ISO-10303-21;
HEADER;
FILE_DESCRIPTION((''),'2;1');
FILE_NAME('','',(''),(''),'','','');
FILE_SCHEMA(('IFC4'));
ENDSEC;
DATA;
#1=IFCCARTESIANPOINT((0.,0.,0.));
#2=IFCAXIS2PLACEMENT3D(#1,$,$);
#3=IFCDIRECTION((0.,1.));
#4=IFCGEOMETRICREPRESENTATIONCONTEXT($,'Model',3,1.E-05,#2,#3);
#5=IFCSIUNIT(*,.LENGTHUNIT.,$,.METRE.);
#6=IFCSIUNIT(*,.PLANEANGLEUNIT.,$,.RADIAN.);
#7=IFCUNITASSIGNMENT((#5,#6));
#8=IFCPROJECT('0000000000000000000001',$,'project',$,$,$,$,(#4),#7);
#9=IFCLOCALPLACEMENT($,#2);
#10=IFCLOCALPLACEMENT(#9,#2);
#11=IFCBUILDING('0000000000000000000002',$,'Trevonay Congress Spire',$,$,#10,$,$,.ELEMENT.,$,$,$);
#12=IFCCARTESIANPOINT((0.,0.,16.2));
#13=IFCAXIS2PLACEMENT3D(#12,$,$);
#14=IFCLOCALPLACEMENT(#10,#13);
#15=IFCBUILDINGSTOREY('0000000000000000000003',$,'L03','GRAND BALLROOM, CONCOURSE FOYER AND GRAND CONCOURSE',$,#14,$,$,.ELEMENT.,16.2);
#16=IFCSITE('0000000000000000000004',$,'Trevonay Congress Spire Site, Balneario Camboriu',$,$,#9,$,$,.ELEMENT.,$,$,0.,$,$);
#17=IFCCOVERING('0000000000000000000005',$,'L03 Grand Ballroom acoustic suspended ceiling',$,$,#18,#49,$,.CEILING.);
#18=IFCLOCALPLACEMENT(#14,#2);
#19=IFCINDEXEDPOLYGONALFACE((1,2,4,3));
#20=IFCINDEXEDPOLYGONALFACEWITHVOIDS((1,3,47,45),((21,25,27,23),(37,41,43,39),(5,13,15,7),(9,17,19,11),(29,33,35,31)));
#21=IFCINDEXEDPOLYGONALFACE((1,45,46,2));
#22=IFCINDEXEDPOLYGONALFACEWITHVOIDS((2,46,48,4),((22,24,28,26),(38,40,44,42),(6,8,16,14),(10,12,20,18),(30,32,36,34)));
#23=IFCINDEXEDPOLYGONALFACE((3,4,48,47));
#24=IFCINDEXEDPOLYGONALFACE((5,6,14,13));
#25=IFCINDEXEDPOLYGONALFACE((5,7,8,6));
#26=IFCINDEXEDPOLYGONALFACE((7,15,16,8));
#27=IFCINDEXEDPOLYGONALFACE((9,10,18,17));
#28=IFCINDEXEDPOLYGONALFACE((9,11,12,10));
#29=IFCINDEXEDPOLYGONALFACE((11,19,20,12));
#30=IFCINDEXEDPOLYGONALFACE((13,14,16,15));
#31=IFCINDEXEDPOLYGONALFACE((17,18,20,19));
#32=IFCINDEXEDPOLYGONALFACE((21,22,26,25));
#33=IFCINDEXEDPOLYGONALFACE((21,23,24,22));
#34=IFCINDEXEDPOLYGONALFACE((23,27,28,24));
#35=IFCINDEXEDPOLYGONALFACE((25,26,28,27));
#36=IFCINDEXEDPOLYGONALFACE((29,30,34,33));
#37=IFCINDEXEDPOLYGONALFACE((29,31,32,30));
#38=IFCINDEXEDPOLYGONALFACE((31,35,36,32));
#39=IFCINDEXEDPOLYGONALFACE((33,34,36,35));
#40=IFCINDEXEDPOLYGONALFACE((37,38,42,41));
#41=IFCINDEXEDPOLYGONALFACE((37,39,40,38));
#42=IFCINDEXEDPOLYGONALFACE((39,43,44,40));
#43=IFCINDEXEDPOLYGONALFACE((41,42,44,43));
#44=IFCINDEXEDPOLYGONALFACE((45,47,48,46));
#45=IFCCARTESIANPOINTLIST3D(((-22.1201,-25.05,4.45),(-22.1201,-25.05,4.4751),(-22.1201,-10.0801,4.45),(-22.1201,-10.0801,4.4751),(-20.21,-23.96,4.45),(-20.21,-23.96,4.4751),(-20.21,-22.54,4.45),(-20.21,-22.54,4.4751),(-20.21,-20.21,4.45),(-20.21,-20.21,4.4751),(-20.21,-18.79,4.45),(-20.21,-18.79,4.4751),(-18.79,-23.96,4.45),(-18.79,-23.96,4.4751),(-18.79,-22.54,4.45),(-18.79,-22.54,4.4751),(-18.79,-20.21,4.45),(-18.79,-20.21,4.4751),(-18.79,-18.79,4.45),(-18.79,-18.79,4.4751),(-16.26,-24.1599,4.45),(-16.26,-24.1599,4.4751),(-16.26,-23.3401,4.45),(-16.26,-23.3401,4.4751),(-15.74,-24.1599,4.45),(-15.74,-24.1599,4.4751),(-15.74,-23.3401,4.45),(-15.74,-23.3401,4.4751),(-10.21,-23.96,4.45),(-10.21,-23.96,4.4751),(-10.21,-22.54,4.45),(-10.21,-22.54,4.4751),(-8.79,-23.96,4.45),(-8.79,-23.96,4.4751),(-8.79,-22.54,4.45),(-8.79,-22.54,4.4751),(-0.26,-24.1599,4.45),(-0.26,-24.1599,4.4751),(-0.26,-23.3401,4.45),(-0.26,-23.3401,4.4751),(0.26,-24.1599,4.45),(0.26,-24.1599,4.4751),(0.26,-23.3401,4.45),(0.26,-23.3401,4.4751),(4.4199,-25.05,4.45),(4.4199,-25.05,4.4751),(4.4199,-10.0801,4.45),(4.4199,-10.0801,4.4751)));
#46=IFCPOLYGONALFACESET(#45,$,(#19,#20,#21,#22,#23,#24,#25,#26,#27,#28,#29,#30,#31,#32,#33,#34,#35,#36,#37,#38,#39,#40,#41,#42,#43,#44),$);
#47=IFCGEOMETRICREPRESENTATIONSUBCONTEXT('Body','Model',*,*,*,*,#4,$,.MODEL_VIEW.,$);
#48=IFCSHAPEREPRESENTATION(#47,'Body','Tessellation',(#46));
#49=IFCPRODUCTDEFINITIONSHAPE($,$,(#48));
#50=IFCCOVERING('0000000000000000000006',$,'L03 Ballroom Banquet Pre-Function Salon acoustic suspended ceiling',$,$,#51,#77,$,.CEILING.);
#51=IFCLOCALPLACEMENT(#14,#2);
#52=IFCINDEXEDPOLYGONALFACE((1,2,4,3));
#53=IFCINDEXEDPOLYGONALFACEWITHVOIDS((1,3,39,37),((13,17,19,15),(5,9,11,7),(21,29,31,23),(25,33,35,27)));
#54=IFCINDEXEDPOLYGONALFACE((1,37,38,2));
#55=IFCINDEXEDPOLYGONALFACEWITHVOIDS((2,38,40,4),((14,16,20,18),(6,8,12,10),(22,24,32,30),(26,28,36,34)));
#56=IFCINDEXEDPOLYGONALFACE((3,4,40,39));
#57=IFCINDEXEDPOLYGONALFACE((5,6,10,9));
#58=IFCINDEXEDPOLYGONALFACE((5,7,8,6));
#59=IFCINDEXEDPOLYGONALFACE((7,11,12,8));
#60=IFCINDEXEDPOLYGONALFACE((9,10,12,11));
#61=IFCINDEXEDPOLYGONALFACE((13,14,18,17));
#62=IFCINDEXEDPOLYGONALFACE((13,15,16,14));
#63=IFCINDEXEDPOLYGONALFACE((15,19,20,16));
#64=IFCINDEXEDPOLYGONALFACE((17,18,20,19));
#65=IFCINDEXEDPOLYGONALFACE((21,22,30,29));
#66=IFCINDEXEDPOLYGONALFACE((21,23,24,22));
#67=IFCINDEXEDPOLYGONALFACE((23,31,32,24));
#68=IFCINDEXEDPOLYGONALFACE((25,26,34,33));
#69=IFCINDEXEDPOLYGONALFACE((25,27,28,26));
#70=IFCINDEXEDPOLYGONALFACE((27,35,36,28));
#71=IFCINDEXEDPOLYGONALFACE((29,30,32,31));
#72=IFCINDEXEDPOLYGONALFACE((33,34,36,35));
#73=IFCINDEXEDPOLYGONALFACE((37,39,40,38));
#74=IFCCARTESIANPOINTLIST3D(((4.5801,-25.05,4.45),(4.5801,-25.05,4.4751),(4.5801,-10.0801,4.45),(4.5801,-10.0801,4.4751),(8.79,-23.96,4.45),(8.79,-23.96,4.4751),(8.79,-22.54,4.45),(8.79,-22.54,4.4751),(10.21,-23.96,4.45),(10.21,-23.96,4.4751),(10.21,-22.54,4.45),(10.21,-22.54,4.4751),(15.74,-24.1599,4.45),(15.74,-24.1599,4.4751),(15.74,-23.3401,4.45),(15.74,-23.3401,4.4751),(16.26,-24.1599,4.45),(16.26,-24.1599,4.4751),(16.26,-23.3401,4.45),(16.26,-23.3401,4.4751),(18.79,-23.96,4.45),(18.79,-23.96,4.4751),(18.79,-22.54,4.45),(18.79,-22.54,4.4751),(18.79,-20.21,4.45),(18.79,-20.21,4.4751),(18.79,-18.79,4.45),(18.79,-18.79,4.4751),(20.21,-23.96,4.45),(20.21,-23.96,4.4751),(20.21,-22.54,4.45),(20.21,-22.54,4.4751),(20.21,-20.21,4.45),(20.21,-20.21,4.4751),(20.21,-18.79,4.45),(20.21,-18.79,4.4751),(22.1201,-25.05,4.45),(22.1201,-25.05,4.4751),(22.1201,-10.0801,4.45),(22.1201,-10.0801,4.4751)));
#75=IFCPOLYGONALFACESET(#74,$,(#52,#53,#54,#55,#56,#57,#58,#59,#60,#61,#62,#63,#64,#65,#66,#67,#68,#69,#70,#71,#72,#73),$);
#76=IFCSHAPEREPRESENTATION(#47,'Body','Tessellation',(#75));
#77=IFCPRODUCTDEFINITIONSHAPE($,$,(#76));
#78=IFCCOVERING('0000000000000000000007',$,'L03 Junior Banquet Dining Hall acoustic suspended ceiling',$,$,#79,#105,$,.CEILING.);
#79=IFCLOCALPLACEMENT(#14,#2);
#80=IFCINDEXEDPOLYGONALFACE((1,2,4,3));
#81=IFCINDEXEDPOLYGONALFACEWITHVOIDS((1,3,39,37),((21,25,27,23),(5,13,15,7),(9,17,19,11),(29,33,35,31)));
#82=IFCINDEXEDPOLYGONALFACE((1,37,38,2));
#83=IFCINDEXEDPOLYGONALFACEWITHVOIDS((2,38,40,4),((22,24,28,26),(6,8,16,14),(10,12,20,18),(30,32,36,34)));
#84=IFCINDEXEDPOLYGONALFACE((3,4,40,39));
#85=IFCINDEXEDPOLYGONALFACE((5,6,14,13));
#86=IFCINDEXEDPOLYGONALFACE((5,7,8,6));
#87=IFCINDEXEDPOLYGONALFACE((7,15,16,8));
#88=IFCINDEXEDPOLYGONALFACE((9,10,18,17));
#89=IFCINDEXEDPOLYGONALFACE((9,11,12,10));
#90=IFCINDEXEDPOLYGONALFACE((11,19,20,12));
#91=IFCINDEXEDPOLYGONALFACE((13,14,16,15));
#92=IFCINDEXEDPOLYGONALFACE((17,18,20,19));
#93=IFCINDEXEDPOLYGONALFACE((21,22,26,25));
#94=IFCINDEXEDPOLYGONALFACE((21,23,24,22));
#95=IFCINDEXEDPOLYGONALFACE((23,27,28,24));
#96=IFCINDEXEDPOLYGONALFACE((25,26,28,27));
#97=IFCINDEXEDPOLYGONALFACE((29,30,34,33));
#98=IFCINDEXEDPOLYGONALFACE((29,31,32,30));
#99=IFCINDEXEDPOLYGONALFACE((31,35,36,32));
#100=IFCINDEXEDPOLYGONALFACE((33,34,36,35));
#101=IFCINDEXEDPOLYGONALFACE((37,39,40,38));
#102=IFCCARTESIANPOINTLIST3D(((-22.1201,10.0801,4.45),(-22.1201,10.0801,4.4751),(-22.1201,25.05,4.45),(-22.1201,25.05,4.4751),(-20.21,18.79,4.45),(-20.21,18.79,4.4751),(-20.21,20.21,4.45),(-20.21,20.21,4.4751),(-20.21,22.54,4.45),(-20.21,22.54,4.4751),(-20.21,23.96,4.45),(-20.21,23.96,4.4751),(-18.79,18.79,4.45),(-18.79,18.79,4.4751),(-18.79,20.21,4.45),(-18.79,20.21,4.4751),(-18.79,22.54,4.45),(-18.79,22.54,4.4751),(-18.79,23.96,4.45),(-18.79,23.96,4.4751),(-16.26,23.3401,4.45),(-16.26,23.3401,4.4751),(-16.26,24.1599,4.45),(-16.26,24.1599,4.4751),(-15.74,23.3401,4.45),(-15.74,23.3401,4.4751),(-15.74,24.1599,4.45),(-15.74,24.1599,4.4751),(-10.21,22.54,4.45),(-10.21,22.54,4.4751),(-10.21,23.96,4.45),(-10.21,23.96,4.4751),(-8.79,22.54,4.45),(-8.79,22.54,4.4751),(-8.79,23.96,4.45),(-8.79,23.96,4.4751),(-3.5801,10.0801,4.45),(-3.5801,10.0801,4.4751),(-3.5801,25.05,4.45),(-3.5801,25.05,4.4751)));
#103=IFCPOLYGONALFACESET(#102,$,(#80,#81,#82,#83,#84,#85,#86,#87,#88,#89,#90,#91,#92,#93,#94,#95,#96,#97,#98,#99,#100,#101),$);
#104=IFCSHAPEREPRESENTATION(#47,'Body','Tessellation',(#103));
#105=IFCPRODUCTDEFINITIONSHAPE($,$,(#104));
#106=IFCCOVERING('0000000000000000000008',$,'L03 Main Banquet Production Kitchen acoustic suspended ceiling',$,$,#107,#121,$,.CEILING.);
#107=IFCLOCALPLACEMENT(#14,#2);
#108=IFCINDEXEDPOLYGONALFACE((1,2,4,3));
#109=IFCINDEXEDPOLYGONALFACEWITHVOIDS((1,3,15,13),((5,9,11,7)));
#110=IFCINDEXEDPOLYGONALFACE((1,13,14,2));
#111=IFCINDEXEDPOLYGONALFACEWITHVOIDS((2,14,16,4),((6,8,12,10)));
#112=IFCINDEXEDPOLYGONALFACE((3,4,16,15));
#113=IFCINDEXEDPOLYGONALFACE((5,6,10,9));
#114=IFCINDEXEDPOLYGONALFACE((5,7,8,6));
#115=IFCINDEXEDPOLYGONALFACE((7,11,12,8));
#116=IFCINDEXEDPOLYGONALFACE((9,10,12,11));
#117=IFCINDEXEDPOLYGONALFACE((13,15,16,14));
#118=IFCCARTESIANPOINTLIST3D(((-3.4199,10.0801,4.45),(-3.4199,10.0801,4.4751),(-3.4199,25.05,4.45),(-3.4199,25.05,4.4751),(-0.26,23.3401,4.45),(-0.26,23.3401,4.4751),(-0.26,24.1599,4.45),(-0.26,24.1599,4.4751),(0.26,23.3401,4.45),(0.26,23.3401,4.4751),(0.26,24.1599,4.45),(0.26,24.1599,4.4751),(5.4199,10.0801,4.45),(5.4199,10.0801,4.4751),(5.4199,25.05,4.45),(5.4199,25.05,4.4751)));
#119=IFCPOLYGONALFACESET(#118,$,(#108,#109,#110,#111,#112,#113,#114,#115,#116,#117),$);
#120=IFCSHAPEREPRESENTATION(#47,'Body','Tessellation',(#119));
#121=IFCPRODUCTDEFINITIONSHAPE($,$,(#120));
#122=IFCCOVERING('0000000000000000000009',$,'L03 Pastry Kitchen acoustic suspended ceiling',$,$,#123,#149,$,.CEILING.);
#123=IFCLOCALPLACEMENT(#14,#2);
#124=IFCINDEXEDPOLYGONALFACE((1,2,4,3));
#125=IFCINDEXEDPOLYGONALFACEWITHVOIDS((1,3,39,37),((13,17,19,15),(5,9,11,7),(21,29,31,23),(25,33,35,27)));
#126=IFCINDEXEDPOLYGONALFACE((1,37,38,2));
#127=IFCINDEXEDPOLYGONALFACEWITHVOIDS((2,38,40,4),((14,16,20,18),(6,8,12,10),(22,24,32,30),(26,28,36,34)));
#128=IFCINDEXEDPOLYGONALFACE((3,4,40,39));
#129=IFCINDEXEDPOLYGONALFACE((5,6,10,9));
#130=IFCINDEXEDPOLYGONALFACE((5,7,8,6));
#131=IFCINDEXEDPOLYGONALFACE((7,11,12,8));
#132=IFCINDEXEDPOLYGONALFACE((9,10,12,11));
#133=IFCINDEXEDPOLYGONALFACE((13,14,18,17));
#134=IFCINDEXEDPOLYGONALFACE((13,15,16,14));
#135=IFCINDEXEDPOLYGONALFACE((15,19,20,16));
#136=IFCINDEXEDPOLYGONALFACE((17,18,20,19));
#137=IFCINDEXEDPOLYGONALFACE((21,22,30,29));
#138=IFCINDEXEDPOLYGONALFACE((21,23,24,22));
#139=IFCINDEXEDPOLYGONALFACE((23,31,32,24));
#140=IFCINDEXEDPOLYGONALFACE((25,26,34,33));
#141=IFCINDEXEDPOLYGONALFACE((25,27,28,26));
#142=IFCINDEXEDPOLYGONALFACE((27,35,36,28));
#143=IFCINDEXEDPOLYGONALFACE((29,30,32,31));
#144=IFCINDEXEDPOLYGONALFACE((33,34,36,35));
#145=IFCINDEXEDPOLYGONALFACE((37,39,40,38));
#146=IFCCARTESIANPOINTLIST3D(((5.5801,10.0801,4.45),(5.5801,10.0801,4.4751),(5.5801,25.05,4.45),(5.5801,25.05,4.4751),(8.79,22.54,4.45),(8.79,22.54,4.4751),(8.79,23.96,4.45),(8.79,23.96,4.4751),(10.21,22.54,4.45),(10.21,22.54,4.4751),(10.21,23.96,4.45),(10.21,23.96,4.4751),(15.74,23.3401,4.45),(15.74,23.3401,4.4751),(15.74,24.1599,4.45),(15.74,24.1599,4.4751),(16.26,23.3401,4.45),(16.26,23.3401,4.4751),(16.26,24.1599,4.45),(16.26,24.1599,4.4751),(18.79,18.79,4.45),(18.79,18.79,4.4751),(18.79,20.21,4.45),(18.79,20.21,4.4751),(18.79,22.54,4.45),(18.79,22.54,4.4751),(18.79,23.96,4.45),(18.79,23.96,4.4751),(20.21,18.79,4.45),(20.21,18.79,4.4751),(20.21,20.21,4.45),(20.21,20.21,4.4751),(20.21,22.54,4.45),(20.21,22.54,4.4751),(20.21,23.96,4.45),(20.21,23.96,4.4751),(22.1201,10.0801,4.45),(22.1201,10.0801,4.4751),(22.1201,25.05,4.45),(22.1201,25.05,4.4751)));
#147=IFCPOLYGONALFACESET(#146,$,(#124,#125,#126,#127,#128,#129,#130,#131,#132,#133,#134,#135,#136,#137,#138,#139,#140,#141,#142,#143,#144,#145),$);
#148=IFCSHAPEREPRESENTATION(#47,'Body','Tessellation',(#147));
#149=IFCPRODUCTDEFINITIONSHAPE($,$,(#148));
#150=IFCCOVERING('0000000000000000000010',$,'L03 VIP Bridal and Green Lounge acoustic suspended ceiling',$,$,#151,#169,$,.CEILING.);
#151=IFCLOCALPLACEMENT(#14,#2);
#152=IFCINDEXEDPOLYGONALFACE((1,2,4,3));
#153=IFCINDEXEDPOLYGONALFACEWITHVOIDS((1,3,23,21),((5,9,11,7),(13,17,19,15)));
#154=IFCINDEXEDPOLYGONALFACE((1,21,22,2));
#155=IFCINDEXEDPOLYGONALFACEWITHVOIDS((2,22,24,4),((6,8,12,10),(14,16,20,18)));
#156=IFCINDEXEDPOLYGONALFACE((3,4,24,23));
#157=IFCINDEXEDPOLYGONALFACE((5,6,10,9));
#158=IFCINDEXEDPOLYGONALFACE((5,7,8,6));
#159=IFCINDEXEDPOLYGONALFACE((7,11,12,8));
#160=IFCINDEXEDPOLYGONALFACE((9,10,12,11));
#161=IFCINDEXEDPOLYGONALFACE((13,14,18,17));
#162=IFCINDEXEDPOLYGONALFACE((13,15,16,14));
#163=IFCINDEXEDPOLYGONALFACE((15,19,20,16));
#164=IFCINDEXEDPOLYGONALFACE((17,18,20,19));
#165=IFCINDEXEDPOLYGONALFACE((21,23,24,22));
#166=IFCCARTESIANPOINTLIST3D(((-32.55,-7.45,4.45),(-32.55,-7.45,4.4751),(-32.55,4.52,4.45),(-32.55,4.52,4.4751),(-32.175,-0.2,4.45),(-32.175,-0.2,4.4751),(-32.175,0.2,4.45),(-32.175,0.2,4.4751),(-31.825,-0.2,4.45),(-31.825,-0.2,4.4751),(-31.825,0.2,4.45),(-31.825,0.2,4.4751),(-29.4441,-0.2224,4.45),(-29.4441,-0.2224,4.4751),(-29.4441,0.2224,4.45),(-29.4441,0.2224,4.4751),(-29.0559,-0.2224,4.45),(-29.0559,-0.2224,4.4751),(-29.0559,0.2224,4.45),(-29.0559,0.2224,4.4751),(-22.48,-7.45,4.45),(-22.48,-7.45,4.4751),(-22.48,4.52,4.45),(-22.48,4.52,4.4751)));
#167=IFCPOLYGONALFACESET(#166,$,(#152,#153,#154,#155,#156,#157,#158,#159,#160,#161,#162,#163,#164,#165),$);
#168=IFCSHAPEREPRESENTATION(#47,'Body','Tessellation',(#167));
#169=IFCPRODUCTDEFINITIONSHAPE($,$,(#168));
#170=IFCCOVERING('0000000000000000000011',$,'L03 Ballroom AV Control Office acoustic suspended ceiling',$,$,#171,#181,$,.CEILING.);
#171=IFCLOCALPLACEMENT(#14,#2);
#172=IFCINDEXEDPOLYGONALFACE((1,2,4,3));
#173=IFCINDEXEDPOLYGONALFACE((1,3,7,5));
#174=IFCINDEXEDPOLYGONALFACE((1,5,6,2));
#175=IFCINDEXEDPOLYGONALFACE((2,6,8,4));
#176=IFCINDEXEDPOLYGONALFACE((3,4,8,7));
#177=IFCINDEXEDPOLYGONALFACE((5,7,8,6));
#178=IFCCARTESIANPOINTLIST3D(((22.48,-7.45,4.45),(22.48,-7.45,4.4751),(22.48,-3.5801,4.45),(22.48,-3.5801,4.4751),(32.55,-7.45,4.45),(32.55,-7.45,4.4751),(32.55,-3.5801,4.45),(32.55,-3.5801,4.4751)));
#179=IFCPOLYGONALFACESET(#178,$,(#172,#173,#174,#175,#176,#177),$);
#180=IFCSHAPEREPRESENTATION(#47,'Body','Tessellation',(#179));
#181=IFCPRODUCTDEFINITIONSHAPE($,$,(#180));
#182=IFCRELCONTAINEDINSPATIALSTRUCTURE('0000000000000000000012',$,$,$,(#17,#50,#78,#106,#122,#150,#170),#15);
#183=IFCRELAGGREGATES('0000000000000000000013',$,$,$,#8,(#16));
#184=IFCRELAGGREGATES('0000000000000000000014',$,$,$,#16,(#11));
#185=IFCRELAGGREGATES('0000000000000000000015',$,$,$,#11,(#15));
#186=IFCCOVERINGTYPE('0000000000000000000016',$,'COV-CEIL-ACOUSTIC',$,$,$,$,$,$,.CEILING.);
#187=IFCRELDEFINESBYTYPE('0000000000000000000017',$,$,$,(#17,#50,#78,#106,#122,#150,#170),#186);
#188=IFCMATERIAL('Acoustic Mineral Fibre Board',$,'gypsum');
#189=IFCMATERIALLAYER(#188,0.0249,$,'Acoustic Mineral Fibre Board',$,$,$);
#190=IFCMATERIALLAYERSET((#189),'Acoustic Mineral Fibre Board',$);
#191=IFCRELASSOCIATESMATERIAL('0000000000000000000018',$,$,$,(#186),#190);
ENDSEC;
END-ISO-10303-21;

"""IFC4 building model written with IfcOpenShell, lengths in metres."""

from ifc_helpers import new_model, si_unit, direction, frame, origin, place, context, subcontext, project, spatial, polyline, outline, extrude, material, layer, layer_set, type_object, element, save


model = new_model("IFC4")

# Units and contexts
model_context = context("Model", 3, precision=1e-05, world=origin(), true_north=direction((0.0, 1.0)))
body_context = subcontext(model_context, "Body", "Model", "MODEL_VIEW")
ifc_project = project(units=[si_unit("LENGTHUNIT", "METRE"), si_unit("PLANEANGLEUNIT", "RADIAN")], contexts=[model_context])

# Site, building, storey
site_placement = place(None, origin())
site = spatial("IfcSite", under=ifc_project, at=site_placement, Name="Trevonay Congress Spire Site, Balneario Camboriu", CompositionType="ELEMENT", RefElevation=0.0)
building_placement = place(site_placement, origin())
building = spatial("IfcBuilding", under=site, at=building_placement, Name="Trevonay Congress Spire", CompositionType="ELEMENT")
storey_placement = place(building_placement, frame((0.0, 0.0, 16.2)))
storey = spatial("IfcBuildingStorey", under=building, at=storey_placement, Name="L03", Description="GRAND BALLROOM, CONCOURSE FOYER AND GRAND CONCOURSE", CompositionType="ELEMENT", Elevation=16.2)

# Coverings
ifc_material_1 = material(Name="Acoustic Mineral Fibre Board", Category="gypsum")
ifc_layer_1 = layer(ifc_material_1, 0.0249, Name="Acoustic Mineral Fibre Board")
ifc_layer_set_1 = layer_set([ifc_layer_1], Name="Acoustic Mineral Fibre Board")
covering_type_1 = type_object("IfcCoveringType", Name="COV-CEIL-ACOUSTIC", PredefinedType="CEILING", material=ifc_layer_set_1)
covering_1_placement = place(storey_placement, frame((0.0, 0.0, 4.45)))
element("IfcCovering", 1, at=covering_1_placement, inside=storey, type_object=covering_type_1, Name="L03 Grand Ballroom acoustic suspended ceiling", PredefinedType="CEILING", context=body_context, shape_type="SweptSolid", body=[
    extrude(outline(polyline([(-22.1201, -10.0801), (4.4199, -10.0801), (4.4199, -25.05), (-22.1201, -25.05), (-22.1201, -10.0801)]), holes=[polyline([(-16.26, -23.3401), (-16.26, -24.1599), (-15.74, -24.1599), (-15.74, -23.3401), (-16.26, -23.3401)]), polyline([(-0.26, -23.3401), (-0.26, -24.1599), (0.26, -24.1599), (0.26, -23.3401), (-0.26, -23.3401)]), polyline([(-20.21, -22.54), (-20.21, -23.96), (-18.79, -23.96), (-18.79, -22.54), (-20.21, -22.54)]), polyline([(-8.79, -22.54), (-10.21, -22.54), (-10.21, -23.96), (-8.79, -23.96), (-8.79, -22.54)]), polyline([(-18.79, -18.79), (-20.21, -18.79), (-20.21, -20.21), (-18.79, -20.21), (-18.79, -18.79)])]), origin(), (0.0, 0.0, 1.0), 0.0251),
])
covering_2_placement = place(storey_placement, frame((0.0, 0.0, 4.45)))
element("IfcCovering", 2, at=covering_2_placement, inside=storey, type_object=covering_type_1, Name="L03 Ballroom Banquet Pre-Function Salon acoustic suspended ceiling", PredefinedType="CEILING", context=body_context, shape_type="SweptSolid", body=[
    extrude(outline(polyline([(4.5801, -10.0801), (22.1201, -10.0801), (22.1201, -25.05), (4.5801, -25.05), (4.5801, -10.0801)]), holes=[polyline([(15.74, -23.3401), (15.74, -24.1599), (16.26, -24.1599), (16.26, -23.3401), (15.74, -23.3401)]), polyline([(8.79, -22.54), (8.79, -23.96), (10.21, -23.96), (10.21, -22.54), (8.79, -22.54)]), polyline([(18.79, -22.54), (18.79, -23.96), (20.21, -23.96), (20.21, -22.54), (18.79, -22.54)]), polyline([(18.79, -18.79), (18.79, -20.21), (20.21, -20.21), (20.21, -18.79), (18.79, -18.79)])]), origin(), (0.0, 0.0, 1.0), 0.0251),
])
covering_3_placement = place(storey_placement, frame((0.0, 0.0, 4.45)))
element("IfcCovering", 3, at=covering_3_placement, inside=storey, type_object=covering_type_1, Name="L03 Junior Banquet Dining Hall acoustic suspended ceiling", PredefinedType="CEILING", context=body_context, shape_type="SweptSolid", body=[
    extrude(outline(polyline([(-22.1201, 25.05), (-3.5801, 25.05), (-3.5801, 10.0801), (-22.1201, 10.0801), (-22.1201, 25.05)]), holes=[polyline([(-20.21, 20.21), (-20.21, 18.79), (-18.79, 18.79), (-18.79, 20.21), (-20.21, 20.21)]), polyline([(-20.21, 23.96), (-20.21, 22.54), (-18.79, 22.54), (-18.79, 23.96), (-20.21, 23.96)]), polyline([(-10.21, 23.96), (-10.21, 22.54), (-8.79, 22.54), (-8.79, 23.96), (-10.21, 23.96)]), polyline([(-16.26, 24.1599), (-16.26, 23.3401), (-15.74, 23.3401), (-15.74, 24.1599), (-16.26, 24.1599)])]), origin(), (0.0, 0.0, 1.0), 0.0251),
])
covering_4_placement = place(storey_placement, frame((0.0, 0.0, 4.45)))
element("IfcCovering", 4, at=covering_4_placement, inside=storey, type_object=covering_type_1, Name="L03 Main Banquet Production Kitchen acoustic suspended ceiling", PredefinedType="CEILING", context=body_context, shape_type="SweptSolid", body=[
    extrude(outline(polyline([(-3.4199, 25.05), (5.4199, 25.05), (5.4199, 10.0801), (-3.4199, 10.0801), (-3.4199, 25.05)]), holes=[polyline([(0.26, 23.3401), (0.26, 24.1599), (-0.26, 24.1599), (-0.26, 23.3401), (0.26, 23.3401)])]), origin(), (0.0, 0.0, 1.0), 0.0251),
])
covering_5_placement = place(storey_placement, frame((0.0, 0.0, 4.45)))
element("IfcCovering", 5, at=covering_5_placement, inside=storey, type_object=covering_type_1, Name="L03 Pastry Kitchen acoustic suspended ceiling", PredefinedType="CEILING", context=body_context, shape_type="SweptSolid", body=[
    extrude(outline(polyline([(5.5801, 25.05), (22.1201, 25.05), (22.1201, 10.0801), (5.5801, 10.0801), (5.5801, 25.05)]), holes=[polyline([(18.79, 20.21), (18.79, 18.79), (20.21, 18.79), (20.21, 20.21), (18.79, 20.21)]), polyline([(8.79, 23.96), (8.79, 22.54), (10.21, 22.54), (10.21, 23.96), (8.79, 23.96)]), polyline([(18.79, 23.96), (18.79, 22.54), (20.21, 22.54), (20.21, 23.96), (18.79, 23.96)]), polyline([(15.74, 24.1599), (15.74, 23.3401), (16.26, 23.3401), (16.26, 24.1599), (15.74, 24.1599)])]), origin(), (0.0, 0.0, 1.0), 0.0251),
])
covering_6_placement = place(storey_placement, frame((0.0, 0.0, 4.45)))
element("IfcCovering", 6, at=covering_6_placement, inside=storey, type_object=covering_type_1, Name="L03 VIP Bridal and Green Lounge acoustic suspended ceiling", PredefinedType="CEILING", context=body_context, shape_type="SweptSolid", body=[
    extrude(outline(polyline([(-32.55, 4.52), (-22.48, 4.52), (-22.48, -7.45), (-32.55, -7.45), (-32.55, 4.52)]), holes=[polyline([(-32.175, -0.2), (-31.825, -0.2), (-31.825, 0.2), (-32.175, 0.2), (-32.175, -0.2)]), polyline([(-29.4441, -0.2224), (-29.0559, -0.2224), (-29.0559, 0.2224), (-29.4441, 0.2224), (-29.4441, -0.2224)])]), origin(), (0.0, 0.0, 1.0), 0.0251),
])
covering_7_placement = place(storey_placement, frame((0.0, 0.0, 4.45)))
element("IfcCovering", 7, at=covering_7_placement, inside=storey, type_object=covering_type_1, Name="L03 Ballroom AV Control Office acoustic suspended ceiling", PredefinedType="CEILING", context=body_context, shape_type="SweptSolid", body=[
    extrude(outline(polyline([(22.48, -7.45), (32.55, -7.45), (32.55, -3.5801), (22.48, -3.5801), (22.48, -7.45)])), origin(), (0.0, 0.0, 1.0), 0.0251),
])

save(model, "model.ifc")
